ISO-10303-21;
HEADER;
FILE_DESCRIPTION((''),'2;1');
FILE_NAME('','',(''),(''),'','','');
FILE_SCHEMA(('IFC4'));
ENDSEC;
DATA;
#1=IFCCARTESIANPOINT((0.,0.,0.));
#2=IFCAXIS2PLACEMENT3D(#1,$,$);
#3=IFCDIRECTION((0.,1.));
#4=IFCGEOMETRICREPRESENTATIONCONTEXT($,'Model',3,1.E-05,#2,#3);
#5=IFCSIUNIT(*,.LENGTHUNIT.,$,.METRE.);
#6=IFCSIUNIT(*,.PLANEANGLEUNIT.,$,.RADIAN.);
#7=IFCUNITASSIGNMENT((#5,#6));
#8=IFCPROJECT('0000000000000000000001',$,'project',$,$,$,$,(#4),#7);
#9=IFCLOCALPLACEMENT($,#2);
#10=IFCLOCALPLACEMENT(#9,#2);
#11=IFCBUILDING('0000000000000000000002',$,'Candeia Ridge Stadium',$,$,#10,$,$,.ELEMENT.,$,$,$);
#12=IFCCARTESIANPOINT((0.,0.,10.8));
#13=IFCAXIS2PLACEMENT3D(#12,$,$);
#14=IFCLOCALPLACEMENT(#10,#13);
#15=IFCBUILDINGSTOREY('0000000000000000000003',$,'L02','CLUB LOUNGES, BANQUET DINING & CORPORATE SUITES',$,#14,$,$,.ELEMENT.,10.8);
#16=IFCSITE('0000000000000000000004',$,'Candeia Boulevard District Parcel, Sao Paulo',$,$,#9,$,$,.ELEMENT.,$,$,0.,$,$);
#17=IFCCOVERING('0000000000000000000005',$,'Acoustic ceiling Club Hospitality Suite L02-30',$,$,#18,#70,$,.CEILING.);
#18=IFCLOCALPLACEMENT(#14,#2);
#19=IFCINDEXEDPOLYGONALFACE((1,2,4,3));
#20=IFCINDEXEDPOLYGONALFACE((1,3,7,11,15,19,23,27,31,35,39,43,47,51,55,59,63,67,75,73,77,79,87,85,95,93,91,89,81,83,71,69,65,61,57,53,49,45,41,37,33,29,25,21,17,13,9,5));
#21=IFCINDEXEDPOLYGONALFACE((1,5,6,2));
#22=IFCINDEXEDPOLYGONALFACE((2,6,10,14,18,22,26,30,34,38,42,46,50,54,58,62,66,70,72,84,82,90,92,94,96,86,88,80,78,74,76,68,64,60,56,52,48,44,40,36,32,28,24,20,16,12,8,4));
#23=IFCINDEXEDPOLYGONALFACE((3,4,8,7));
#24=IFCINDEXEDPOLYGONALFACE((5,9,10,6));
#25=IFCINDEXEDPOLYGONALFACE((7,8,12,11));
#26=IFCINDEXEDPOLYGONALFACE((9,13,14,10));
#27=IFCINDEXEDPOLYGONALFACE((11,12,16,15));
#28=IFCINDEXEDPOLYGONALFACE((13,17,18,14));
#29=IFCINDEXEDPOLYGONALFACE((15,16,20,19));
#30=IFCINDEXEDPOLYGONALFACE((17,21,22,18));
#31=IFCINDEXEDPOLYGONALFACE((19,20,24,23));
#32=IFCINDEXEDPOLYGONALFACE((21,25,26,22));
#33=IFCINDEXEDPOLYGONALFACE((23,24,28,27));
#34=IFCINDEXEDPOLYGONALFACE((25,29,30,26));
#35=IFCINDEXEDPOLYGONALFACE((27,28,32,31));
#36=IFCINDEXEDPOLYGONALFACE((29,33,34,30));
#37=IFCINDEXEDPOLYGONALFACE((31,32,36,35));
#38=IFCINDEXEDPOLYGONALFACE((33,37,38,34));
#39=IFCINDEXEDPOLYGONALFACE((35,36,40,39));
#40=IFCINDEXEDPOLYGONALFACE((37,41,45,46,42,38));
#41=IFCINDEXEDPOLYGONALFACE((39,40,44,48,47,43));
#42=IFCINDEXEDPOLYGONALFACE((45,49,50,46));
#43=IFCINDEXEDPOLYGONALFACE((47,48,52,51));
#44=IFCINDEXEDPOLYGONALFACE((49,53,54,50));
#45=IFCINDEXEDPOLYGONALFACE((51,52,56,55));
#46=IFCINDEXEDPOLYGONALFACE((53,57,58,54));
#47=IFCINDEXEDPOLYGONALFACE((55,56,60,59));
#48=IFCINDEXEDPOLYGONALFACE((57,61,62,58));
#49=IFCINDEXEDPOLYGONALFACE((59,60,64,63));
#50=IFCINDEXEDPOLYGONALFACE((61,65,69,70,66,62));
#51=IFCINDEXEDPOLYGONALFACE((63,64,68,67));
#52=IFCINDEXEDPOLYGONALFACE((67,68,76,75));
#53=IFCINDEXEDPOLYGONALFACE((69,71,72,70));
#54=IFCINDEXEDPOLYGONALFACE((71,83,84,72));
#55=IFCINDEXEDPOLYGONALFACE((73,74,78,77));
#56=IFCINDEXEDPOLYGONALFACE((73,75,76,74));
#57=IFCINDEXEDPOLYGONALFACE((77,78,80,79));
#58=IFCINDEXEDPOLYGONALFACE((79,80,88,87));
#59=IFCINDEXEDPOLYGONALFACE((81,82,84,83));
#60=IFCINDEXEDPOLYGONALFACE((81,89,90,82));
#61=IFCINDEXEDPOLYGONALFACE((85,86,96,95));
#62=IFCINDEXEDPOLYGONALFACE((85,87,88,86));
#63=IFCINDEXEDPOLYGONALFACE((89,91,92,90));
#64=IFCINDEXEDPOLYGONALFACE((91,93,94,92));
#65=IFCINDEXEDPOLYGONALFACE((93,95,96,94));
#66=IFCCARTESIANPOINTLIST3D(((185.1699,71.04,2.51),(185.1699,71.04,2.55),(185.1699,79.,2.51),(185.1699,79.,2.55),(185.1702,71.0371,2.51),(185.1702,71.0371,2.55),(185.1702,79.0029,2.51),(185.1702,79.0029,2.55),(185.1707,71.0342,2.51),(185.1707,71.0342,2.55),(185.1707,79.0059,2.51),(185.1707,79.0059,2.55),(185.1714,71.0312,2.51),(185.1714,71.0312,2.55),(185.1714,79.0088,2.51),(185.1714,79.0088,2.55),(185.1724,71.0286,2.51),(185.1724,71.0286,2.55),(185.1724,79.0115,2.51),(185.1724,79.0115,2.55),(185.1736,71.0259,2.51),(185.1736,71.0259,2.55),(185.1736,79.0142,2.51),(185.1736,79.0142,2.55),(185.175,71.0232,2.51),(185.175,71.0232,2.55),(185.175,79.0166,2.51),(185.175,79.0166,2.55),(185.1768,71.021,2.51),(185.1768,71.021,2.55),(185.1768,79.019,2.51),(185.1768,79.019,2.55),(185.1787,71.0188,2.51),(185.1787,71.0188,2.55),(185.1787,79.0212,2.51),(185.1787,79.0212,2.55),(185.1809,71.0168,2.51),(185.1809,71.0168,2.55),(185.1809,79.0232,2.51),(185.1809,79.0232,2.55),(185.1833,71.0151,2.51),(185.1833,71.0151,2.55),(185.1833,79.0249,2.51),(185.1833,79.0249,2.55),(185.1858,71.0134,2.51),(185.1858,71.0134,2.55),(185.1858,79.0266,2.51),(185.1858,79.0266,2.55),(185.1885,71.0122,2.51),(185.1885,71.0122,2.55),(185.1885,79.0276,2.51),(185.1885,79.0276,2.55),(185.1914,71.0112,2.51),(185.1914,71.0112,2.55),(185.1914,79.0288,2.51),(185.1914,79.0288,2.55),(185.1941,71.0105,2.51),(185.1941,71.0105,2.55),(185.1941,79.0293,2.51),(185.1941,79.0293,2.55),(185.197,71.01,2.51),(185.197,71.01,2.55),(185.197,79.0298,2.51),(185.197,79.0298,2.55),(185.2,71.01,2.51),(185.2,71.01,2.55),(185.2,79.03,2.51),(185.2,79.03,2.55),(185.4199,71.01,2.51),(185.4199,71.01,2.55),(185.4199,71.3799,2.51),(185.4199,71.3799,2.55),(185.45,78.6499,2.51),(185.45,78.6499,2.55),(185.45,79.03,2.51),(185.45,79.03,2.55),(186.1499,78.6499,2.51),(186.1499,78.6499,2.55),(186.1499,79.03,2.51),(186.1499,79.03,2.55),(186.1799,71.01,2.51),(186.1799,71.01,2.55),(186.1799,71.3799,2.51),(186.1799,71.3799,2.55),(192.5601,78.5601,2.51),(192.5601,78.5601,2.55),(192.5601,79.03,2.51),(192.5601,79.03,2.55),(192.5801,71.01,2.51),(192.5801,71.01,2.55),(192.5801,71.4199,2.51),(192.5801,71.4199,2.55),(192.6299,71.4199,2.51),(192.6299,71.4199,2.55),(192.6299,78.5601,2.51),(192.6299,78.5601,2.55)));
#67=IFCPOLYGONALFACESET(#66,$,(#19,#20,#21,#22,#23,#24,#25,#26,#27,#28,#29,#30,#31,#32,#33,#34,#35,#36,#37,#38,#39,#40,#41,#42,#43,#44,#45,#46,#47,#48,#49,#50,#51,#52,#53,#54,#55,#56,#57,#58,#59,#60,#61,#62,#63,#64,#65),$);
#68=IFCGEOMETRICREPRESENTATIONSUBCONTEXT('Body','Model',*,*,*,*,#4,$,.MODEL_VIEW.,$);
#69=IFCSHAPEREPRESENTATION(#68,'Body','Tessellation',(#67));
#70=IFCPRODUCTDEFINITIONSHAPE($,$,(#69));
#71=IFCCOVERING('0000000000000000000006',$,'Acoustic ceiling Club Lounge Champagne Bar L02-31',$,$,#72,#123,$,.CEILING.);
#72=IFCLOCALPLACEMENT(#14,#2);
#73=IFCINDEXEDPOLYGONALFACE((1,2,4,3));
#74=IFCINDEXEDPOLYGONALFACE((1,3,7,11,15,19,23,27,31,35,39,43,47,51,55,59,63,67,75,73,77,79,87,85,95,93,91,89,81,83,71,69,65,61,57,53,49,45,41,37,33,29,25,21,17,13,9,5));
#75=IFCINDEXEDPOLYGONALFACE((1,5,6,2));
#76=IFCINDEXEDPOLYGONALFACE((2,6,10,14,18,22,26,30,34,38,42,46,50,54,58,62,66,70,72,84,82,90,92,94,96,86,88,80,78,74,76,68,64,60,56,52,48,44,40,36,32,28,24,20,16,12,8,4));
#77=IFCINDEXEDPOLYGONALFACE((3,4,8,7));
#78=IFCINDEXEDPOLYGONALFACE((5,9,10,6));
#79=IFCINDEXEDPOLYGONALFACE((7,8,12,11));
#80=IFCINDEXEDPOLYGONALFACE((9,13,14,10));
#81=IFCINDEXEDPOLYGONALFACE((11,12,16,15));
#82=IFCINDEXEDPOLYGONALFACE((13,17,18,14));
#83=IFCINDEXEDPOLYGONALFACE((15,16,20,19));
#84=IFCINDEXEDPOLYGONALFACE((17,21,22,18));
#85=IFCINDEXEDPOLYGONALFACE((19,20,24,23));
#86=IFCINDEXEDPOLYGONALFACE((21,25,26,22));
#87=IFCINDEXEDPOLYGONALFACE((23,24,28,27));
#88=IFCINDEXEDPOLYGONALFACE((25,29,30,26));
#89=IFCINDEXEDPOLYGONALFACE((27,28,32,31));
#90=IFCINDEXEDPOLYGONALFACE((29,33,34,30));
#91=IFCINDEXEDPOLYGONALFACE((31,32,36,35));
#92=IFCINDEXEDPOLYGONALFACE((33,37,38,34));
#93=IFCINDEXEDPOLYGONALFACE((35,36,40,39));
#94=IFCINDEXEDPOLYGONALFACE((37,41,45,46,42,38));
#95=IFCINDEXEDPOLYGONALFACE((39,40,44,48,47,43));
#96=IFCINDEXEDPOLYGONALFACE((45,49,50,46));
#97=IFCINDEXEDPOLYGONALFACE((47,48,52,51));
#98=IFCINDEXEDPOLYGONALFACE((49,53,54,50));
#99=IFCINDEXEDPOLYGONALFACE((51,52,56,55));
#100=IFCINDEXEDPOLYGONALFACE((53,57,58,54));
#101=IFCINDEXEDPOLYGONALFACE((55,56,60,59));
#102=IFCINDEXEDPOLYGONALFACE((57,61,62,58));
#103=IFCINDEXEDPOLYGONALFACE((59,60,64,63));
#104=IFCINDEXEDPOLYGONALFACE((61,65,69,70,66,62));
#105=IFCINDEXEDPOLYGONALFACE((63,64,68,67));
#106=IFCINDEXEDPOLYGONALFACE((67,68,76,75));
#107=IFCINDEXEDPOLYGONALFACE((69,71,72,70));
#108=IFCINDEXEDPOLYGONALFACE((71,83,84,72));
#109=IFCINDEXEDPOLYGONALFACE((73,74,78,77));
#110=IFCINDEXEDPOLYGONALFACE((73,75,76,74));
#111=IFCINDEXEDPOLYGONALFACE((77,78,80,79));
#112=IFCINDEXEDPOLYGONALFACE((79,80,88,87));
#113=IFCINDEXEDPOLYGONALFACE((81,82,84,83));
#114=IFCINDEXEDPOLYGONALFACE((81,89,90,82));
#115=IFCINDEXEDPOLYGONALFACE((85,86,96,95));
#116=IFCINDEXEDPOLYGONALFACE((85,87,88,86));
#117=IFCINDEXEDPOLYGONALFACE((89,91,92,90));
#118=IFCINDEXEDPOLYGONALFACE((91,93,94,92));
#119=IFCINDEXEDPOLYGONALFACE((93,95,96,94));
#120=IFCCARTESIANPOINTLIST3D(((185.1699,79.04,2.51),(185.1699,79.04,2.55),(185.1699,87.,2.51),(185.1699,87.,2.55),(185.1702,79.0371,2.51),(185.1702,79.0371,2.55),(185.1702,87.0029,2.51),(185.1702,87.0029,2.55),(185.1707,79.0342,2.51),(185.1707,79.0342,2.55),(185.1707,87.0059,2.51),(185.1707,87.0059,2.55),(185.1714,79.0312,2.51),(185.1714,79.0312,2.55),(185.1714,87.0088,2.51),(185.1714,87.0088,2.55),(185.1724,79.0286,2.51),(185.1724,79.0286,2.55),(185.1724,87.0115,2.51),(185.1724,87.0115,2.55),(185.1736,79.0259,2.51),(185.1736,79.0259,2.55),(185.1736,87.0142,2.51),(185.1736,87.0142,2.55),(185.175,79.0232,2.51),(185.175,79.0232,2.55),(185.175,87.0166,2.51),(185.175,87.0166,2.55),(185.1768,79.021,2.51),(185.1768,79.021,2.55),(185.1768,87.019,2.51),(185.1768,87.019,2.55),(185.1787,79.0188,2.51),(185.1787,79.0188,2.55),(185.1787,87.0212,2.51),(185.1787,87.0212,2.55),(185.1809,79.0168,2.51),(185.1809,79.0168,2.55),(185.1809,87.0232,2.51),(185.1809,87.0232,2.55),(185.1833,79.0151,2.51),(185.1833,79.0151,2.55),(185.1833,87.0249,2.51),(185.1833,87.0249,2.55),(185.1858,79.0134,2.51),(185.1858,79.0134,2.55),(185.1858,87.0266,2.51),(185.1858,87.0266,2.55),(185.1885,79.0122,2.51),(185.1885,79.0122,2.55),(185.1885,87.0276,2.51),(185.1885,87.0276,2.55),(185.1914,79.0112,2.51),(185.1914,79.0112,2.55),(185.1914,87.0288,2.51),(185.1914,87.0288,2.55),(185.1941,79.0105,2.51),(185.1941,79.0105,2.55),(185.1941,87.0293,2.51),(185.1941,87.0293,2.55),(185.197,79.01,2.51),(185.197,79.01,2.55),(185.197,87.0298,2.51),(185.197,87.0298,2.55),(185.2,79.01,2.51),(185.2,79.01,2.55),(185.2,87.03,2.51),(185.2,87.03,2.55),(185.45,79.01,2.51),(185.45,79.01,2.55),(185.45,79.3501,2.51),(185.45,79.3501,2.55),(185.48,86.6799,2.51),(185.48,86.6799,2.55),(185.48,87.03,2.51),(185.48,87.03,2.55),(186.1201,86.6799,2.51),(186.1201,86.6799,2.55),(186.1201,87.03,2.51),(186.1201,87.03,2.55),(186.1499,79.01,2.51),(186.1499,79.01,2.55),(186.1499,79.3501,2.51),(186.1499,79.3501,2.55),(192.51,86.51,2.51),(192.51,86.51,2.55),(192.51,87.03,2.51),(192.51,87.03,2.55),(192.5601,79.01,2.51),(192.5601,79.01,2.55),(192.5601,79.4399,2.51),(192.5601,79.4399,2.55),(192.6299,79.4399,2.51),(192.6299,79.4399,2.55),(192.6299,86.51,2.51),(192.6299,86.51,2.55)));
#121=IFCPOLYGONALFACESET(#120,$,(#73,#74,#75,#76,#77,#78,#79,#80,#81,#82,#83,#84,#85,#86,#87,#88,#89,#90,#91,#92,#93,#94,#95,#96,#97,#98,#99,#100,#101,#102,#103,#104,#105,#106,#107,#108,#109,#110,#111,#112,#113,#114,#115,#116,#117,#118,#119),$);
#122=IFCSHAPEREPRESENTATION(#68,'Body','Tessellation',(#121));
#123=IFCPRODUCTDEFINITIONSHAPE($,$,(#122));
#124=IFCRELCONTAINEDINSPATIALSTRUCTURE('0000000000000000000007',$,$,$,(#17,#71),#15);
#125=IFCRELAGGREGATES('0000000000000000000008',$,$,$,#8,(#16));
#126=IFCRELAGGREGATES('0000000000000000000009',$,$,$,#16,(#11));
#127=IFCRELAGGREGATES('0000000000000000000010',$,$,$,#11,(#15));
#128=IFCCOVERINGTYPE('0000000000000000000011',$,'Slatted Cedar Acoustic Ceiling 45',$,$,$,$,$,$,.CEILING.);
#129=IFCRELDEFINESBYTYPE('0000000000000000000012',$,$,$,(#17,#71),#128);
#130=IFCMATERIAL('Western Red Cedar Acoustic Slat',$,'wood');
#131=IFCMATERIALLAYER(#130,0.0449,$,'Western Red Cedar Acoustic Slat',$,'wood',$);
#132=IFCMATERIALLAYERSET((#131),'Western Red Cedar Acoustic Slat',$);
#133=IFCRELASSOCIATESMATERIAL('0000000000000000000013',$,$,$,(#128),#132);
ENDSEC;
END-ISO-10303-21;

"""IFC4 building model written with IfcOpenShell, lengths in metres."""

from ifc_helpers import new_model, si_unit, direction, frame, origin, place, context, subcontext, project, spatial, polyline, outline, extrude, material, layer, layer_set, type_object, element, save


model = new_model("IFC4")

# Units and contexts
model_context = context("Model", 3, precision=1e-05, world=origin(), true_north=direction((0.0, 1.0)))
body_context = subcontext(model_context, "Body", "Model", "MODEL_VIEW")
ifc_project = project(units=[si_unit("LENGTHUNIT", "METRE"), si_unit("PLANEANGLEUNIT", "RADIAN")], contexts=[model_context])

# Site, building, storey
site_placement = place(None, origin())
site = spatial("IfcSite", under=ifc_project, at=site_placement, Name="Candeia Boulevard District Parcel, Sao Paulo", CompositionType="ELEMENT", RefElevation=0.0)
building_placement = place(site_placement, origin())
building = spatial("IfcBuilding", under=site, at=building_placement, Name="Candeia Ridge Stadium", CompositionType="ELEMENT")
storey_placement = place(building_placement, frame((0.0, 0.0, 10.8)))
storey = spatial("IfcBuildingStorey", under=building, at=storey_placement, Name="L02", Description="CLUB LOUNGES, BANQUET DINING & CORPORATE SUITES", CompositionType="ELEMENT", Elevation=10.8)

# Coverings
ifc_material_1 = material(Name="Western Red Cedar Acoustic Slat", Category="wood")
ifc_layer_1 = layer(ifc_material_1, 0.0449, Name="Western Red Cedar Acoustic Slat", Category="wood")
ifc_layer_set_1 = layer_set([ifc_layer_1], Name="Western Red Cedar Acoustic Slat")
covering_type = type_object("IfcCoveringType", Name="Slatted Cedar Acoustic Ceiling 45", PredefinedType="CEILING", material=ifc_layer_set_1)
covering_1_placement = place(storey_placement, frame((0.0, 0.0, 2.51)))
element("IfcCovering", 1, at=covering_1_placement, inside=storey, type_object=covering_type, Name="Acoustic ceiling Club Hospitality Suite L02-30", PredefinedType="CEILING", context=body_context, shape_type="SweptSolid", body=[
    extrude(outline(polyline([(185.1707, 79.0059), (185.1714, 79.0088), (185.1724, 79.0115), (185.1736, 79.0142), (185.175, 79.0166), (185.1768, 79.019), (185.1787, 79.0212), (185.1809, 79.0232), (185.1833, 79.0249), (185.1858, 79.0266), (185.1885, 79.0276), (185.1914, 79.0288), (185.1941, 79.0293), (185.197, 79.0298), (185.2, 79.03), (185.45, 79.03), (185.45, 78.6499), (186.1499, 78.6499), (186.1499, 79.03), (192.5601, 79.03), (192.5601, 78.5601), (192.6299, 78.5601), (192.6299, 71.4199), (192.5801, 71.4199), (192.5801, 71.01), (186.1799, 71.01), (186.1799, 71.3799), (185.4199, 71.3799), (185.4199, 71.01), (185.2, 71.01), (185.197, 71.01), (185.1941, 71.0105), (185.1914, 71.0112), (185.1885, 71.0122), (185.1858, 71.0134), (185.1833, 71.0151), (185.1809, 71.0168), (185.1787, 71.0188), (185.1768, 71.021), (185.175, 71.0232), (185.1736, 71.0259), (185.1724, 71.0286), (185.1714, 71.0312), (185.1707, 71.0342), (185.1702, 71.0371), (185.1699, 71.04), (185.1699, 79.0), (185.1702, 79.0029), (185.1707, 79.0059)])), origin(), (0.0, 0.0, 1.0), 0.04),
])
covering_2_placement = place(storey_placement, frame((0.0, 0.0, 2.51)))
element("IfcCovering", 2, at=covering_2_placement, inside=storey, type_object=covering_type, Name="Acoustic ceiling Club Lounge Champagne Bar L02-31", PredefinedType="CEILING", context=body_context, shape_type="SweptSolid", body=[
    extrude(outline(polyline([(185.1707, 87.0059), (185.1714, 87.0088), (185.1724, 87.0115), (185.1736, 87.0142), (185.175, 87.0166), (185.1768, 87.019), (185.1787, 87.0212), (185.1809, 87.0232), (185.1833, 87.0249), (185.1858, 87.0266), (185.1885, 87.0276), (185.1914, 87.0288), (185.1941, 87.0293), (185.197, 87.0298), (185.2, 87.03), (185.48, 87.03), (185.48, 86.6799), (186.1201, 86.6799), (186.1201, 87.03), (192.51, 87.03), (192.51, 86.51), (192.6299, 86.51), (192.6299, 79.4399), (192.5601, 79.4399), (192.5601, 79.01), (186.1499, 79.01), (186.1499, 79.3501), (185.45, 79.3501), (185.45, 79.01), (185.2, 79.01), (185.197, 79.01), (185.1941, 79.0105), (185.1914, 79.0112), (185.1885, 79.0122), (185.1858, 79.0134), (185.1833, 79.0151), (185.1809, 79.0168), (185.1787, 79.0188), (185.1768, 79.021), (185.175, 79.0232), (185.1736, 79.0259), (185.1724, 79.0286), (185.1714, 79.0312), (185.1707, 79.0342), (185.1702, 79.0371), (185.1699, 79.04), (185.1699, 87.0), (185.1702, 87.0029), (185.1707, 87.0059)])), origin(), (0.0, 0.0, 1.0), 0.04),
])

save(model, "model.ifc")
